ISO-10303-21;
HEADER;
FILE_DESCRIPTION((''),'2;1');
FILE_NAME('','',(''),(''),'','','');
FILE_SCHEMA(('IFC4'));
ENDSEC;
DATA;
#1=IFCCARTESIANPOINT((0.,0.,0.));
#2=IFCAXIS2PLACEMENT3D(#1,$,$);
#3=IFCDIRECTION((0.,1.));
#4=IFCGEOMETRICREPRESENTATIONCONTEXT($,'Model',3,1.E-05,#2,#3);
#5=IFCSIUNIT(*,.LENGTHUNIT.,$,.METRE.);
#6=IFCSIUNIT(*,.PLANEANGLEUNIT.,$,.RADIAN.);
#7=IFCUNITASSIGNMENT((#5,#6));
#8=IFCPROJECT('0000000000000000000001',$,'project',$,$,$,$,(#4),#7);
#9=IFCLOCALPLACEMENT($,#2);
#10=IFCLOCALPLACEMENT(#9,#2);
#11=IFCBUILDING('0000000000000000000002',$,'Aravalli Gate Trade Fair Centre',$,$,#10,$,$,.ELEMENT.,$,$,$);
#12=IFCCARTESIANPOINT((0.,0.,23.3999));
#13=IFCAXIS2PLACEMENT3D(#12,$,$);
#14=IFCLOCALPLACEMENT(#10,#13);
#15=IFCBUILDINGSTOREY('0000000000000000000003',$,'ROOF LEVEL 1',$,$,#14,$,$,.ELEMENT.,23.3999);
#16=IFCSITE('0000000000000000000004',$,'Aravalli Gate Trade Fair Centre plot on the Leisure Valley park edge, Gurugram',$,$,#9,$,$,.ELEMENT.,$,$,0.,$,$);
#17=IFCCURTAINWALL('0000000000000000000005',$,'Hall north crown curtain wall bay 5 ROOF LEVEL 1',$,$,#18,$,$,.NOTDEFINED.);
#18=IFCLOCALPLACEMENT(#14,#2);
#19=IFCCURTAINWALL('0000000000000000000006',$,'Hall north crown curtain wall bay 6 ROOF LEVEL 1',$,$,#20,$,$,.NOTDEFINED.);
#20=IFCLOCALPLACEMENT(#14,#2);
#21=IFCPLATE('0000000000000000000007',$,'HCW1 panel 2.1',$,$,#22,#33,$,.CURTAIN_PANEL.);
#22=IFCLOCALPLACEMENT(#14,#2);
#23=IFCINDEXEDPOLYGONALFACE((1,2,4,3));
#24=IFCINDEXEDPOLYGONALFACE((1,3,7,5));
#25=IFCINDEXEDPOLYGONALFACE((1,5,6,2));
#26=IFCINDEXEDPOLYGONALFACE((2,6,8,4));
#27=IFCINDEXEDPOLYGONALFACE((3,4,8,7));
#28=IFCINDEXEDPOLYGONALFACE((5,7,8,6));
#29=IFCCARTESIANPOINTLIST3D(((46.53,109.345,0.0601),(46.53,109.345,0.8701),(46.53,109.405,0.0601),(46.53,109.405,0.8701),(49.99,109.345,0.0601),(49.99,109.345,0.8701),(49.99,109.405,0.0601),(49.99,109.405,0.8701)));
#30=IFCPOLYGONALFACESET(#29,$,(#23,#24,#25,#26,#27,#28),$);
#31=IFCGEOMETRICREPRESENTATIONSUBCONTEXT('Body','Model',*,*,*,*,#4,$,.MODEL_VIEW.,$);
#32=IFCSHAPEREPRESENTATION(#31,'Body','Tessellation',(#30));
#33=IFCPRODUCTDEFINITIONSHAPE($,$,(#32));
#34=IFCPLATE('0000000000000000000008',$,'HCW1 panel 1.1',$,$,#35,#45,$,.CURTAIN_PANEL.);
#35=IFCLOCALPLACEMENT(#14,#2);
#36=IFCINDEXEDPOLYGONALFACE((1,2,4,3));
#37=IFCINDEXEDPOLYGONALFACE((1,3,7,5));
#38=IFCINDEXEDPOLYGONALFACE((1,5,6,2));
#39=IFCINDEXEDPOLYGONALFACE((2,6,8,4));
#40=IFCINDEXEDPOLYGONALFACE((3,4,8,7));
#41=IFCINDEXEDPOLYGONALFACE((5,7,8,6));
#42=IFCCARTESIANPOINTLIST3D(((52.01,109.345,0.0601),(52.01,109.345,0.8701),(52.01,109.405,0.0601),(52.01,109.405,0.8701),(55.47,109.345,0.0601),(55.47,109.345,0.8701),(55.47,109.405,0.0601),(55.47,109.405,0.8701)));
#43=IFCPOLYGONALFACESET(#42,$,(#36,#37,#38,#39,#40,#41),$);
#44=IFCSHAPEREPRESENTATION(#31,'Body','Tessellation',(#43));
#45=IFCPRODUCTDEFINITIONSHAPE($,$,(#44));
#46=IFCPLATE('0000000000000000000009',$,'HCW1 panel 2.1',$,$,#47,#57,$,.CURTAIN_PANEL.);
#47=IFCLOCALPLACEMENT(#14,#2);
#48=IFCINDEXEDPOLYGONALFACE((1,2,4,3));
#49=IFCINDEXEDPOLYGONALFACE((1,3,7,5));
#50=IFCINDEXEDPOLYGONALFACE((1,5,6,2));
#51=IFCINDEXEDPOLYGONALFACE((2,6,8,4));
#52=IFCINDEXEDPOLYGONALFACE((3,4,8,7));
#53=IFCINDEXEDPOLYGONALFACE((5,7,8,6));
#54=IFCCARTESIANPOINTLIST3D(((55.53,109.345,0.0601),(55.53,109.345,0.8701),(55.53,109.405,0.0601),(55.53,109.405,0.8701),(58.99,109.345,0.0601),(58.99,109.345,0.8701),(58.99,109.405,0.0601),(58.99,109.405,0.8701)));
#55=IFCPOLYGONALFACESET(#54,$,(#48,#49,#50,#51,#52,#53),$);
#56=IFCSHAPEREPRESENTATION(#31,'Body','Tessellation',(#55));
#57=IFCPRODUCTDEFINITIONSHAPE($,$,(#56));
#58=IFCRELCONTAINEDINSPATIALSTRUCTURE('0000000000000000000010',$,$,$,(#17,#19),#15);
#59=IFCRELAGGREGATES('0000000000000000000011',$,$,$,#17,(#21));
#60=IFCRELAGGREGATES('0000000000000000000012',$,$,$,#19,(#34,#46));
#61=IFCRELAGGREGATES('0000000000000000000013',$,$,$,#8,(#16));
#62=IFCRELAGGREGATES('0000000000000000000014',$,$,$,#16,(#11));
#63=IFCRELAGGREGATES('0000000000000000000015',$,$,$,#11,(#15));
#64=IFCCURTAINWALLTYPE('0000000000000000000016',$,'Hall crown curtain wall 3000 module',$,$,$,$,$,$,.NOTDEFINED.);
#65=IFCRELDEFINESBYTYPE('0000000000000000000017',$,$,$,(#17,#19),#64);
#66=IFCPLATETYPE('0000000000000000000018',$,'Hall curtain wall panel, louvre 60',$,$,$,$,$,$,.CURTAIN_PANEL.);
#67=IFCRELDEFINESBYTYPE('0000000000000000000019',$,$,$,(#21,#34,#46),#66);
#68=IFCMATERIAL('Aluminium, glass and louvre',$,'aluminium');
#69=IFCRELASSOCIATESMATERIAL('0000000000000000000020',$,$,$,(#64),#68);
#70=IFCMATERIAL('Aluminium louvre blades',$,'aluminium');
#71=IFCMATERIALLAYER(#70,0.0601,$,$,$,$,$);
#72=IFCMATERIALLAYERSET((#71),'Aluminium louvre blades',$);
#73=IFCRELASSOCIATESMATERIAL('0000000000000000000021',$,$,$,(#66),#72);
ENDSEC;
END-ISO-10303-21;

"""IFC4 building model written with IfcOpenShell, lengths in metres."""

from ifc_helpers import new_model, si_unit, direction, frame, origin, origin_2d, place, context, subcontext, project, spatial, rectangle, extrude, material, layer, layer_set, type_object, element, aggregate, save


model = new_model("IFC4")

# Units and contexts
model_context = context("Model", 3, precision=1e-05, world=origin(), true_north=direction((0.0, 1.0)))
body_context = subcontext(model_context, "Body", "Model", "MODEL_VIEW")
ifc_project = project(units=[si_unit("LENGTHUNIT", "METRE"), si_unit("PLANEANGLEUNIT", "RADIAN")], contexts=[model_context])

# Site, building, storey
site_placement = place(None, origin())
site = spatial("IfcSite", under=ifc_project, at=site_placement, Name="Aravalli Gate Trade Fair Centre plot on the Leisure Valley park edge, Gurugram", CompositionType="ELEMENT", RefElevation=0.0)
building_placement = place(site_placement, origin())
building = spatial("IfcBuilding", under=site, at=building_placement, Name="Aravalli Gate Trade Fair Centre", CompositionType="ELEMENT")
storey_placement = place(building_placement, frame((0.0, 0.0, 23.3999)))
storey = spatial("IfcBuildingStorey", under=building, at=storey_placement, Name="ROOF LEVEL 1", CompositionType="ELEMENT", Elevation=23.3999)

# Curtain walls
ifc_material_1 = material(Name="Aluminium, glass and louvre", Category="aluminium")
curtain_wall_type = type_object("IfcCurtainWallType", Name="Hall crown curtain wall 3000 module", PredefinedType="NOTDEFINED", material=ifc_material_1)
curtain_wall_1_placement = place(storey_placement, origin())
curtain_wall_1 = element("IfcCurtainWall", 1, at=curtain_wall_1_placement, inside=storey, type_object=curtain_wall_type, Name="Hall north crown curtain wall bay 5 ROOF LEVEL 1", PredefinedType="NOTDEFINED")
curtain_wall_2_placement = place(storey_placement, origin())
curtain_wall_2 = element("IfcCurtainWall", 2, at=curtain_wall_2_placement, inside=storey, type_object=curtain_wall_type, Name="Hall north crown curtain wall bay 6 ROOF LEVEL 1", PredefinedType="NOTDEFINED")

# Plates
ifc_material_2 = material(Name="Aluminium louvre blades", Category="aluminium")
ifc_layer_1 = layer(ifc_material_2, 0.0601)
ifc_layer_set_1 = layer_set([ifc_layer_1], Name="Aluminium louvre blades")
plate_type_1 = type_object("IfcPlateType", Name="Hall curtain wall panel, louvre 60", PredefinedType="CURTAIN_PANEL", material=ifc_layer_set_1)
plate_1_placement = place(storey_placement, frame((48.26, 109.375, 0.0601), z_axis=(0.0, 0.0, 1.0), x_axis=(1.0, 0.0, 0.0)))
plate_1 = element("IfcPlate", 3, at=plate_1_placement, type_object=plate_type_1, Name="HCW1 panel 2.1", PredefinedType="CURTAIN_PANEL", context=body_context, shape_type="SweptSolid", body=[
    extrude(rectangle(XDim=3.46, YDim=0.0601, at=origin_2d()), origin(), (0.0, 0.0, 1.0), 0.8101),
])
aggregate(curtain_wall_1, [plate_1])
plate_2_placement = place(storey_placement, frame((53.74, 109.375, 0.0601), z_axis=(0.0, 0.0, 1.0), x_axis=(1.0, 0.0, 0.0)))
plate_2 = element("IfcPlate", 4, at=plate_2_placement, type_object=plate_type_1, Name="HCW1 panel 1.1", PredefinedType="CURTAIN_PANEL", context=body_context, shape_type="SweptSolid", body=[
    extrude(rectangle(XDim=3.46, YDim=0.0601, at=origin_2d()), origin(), (0.0, 0.0, 1.0), 0.8101),
])
plate_3_placement = place(storey_placement, frame((57.26, 109.375, 0.0601), z_axis=(0.0, 0.0, 1.0), x_axis=(1.0, 0.0, 0.0)))
plate_3 = element("IfcPlate", 5, at=plate_3_placement, type_object=plate_type_1, Name="HCW1 panel 2.1", PredefinedType="CURTAIN_PANEL", context=body_context, shape_type="SweptSolid", body=[
    extrude(rectangle(XDim=3.46, YDim=0.0601, at=origin_2d()), origin(), (0.0, 0.0, 1.0), 0.8101),
])
aggregate(curtain_wall_2, [plate_2, plate_3])

save(model, "model.ifc")
